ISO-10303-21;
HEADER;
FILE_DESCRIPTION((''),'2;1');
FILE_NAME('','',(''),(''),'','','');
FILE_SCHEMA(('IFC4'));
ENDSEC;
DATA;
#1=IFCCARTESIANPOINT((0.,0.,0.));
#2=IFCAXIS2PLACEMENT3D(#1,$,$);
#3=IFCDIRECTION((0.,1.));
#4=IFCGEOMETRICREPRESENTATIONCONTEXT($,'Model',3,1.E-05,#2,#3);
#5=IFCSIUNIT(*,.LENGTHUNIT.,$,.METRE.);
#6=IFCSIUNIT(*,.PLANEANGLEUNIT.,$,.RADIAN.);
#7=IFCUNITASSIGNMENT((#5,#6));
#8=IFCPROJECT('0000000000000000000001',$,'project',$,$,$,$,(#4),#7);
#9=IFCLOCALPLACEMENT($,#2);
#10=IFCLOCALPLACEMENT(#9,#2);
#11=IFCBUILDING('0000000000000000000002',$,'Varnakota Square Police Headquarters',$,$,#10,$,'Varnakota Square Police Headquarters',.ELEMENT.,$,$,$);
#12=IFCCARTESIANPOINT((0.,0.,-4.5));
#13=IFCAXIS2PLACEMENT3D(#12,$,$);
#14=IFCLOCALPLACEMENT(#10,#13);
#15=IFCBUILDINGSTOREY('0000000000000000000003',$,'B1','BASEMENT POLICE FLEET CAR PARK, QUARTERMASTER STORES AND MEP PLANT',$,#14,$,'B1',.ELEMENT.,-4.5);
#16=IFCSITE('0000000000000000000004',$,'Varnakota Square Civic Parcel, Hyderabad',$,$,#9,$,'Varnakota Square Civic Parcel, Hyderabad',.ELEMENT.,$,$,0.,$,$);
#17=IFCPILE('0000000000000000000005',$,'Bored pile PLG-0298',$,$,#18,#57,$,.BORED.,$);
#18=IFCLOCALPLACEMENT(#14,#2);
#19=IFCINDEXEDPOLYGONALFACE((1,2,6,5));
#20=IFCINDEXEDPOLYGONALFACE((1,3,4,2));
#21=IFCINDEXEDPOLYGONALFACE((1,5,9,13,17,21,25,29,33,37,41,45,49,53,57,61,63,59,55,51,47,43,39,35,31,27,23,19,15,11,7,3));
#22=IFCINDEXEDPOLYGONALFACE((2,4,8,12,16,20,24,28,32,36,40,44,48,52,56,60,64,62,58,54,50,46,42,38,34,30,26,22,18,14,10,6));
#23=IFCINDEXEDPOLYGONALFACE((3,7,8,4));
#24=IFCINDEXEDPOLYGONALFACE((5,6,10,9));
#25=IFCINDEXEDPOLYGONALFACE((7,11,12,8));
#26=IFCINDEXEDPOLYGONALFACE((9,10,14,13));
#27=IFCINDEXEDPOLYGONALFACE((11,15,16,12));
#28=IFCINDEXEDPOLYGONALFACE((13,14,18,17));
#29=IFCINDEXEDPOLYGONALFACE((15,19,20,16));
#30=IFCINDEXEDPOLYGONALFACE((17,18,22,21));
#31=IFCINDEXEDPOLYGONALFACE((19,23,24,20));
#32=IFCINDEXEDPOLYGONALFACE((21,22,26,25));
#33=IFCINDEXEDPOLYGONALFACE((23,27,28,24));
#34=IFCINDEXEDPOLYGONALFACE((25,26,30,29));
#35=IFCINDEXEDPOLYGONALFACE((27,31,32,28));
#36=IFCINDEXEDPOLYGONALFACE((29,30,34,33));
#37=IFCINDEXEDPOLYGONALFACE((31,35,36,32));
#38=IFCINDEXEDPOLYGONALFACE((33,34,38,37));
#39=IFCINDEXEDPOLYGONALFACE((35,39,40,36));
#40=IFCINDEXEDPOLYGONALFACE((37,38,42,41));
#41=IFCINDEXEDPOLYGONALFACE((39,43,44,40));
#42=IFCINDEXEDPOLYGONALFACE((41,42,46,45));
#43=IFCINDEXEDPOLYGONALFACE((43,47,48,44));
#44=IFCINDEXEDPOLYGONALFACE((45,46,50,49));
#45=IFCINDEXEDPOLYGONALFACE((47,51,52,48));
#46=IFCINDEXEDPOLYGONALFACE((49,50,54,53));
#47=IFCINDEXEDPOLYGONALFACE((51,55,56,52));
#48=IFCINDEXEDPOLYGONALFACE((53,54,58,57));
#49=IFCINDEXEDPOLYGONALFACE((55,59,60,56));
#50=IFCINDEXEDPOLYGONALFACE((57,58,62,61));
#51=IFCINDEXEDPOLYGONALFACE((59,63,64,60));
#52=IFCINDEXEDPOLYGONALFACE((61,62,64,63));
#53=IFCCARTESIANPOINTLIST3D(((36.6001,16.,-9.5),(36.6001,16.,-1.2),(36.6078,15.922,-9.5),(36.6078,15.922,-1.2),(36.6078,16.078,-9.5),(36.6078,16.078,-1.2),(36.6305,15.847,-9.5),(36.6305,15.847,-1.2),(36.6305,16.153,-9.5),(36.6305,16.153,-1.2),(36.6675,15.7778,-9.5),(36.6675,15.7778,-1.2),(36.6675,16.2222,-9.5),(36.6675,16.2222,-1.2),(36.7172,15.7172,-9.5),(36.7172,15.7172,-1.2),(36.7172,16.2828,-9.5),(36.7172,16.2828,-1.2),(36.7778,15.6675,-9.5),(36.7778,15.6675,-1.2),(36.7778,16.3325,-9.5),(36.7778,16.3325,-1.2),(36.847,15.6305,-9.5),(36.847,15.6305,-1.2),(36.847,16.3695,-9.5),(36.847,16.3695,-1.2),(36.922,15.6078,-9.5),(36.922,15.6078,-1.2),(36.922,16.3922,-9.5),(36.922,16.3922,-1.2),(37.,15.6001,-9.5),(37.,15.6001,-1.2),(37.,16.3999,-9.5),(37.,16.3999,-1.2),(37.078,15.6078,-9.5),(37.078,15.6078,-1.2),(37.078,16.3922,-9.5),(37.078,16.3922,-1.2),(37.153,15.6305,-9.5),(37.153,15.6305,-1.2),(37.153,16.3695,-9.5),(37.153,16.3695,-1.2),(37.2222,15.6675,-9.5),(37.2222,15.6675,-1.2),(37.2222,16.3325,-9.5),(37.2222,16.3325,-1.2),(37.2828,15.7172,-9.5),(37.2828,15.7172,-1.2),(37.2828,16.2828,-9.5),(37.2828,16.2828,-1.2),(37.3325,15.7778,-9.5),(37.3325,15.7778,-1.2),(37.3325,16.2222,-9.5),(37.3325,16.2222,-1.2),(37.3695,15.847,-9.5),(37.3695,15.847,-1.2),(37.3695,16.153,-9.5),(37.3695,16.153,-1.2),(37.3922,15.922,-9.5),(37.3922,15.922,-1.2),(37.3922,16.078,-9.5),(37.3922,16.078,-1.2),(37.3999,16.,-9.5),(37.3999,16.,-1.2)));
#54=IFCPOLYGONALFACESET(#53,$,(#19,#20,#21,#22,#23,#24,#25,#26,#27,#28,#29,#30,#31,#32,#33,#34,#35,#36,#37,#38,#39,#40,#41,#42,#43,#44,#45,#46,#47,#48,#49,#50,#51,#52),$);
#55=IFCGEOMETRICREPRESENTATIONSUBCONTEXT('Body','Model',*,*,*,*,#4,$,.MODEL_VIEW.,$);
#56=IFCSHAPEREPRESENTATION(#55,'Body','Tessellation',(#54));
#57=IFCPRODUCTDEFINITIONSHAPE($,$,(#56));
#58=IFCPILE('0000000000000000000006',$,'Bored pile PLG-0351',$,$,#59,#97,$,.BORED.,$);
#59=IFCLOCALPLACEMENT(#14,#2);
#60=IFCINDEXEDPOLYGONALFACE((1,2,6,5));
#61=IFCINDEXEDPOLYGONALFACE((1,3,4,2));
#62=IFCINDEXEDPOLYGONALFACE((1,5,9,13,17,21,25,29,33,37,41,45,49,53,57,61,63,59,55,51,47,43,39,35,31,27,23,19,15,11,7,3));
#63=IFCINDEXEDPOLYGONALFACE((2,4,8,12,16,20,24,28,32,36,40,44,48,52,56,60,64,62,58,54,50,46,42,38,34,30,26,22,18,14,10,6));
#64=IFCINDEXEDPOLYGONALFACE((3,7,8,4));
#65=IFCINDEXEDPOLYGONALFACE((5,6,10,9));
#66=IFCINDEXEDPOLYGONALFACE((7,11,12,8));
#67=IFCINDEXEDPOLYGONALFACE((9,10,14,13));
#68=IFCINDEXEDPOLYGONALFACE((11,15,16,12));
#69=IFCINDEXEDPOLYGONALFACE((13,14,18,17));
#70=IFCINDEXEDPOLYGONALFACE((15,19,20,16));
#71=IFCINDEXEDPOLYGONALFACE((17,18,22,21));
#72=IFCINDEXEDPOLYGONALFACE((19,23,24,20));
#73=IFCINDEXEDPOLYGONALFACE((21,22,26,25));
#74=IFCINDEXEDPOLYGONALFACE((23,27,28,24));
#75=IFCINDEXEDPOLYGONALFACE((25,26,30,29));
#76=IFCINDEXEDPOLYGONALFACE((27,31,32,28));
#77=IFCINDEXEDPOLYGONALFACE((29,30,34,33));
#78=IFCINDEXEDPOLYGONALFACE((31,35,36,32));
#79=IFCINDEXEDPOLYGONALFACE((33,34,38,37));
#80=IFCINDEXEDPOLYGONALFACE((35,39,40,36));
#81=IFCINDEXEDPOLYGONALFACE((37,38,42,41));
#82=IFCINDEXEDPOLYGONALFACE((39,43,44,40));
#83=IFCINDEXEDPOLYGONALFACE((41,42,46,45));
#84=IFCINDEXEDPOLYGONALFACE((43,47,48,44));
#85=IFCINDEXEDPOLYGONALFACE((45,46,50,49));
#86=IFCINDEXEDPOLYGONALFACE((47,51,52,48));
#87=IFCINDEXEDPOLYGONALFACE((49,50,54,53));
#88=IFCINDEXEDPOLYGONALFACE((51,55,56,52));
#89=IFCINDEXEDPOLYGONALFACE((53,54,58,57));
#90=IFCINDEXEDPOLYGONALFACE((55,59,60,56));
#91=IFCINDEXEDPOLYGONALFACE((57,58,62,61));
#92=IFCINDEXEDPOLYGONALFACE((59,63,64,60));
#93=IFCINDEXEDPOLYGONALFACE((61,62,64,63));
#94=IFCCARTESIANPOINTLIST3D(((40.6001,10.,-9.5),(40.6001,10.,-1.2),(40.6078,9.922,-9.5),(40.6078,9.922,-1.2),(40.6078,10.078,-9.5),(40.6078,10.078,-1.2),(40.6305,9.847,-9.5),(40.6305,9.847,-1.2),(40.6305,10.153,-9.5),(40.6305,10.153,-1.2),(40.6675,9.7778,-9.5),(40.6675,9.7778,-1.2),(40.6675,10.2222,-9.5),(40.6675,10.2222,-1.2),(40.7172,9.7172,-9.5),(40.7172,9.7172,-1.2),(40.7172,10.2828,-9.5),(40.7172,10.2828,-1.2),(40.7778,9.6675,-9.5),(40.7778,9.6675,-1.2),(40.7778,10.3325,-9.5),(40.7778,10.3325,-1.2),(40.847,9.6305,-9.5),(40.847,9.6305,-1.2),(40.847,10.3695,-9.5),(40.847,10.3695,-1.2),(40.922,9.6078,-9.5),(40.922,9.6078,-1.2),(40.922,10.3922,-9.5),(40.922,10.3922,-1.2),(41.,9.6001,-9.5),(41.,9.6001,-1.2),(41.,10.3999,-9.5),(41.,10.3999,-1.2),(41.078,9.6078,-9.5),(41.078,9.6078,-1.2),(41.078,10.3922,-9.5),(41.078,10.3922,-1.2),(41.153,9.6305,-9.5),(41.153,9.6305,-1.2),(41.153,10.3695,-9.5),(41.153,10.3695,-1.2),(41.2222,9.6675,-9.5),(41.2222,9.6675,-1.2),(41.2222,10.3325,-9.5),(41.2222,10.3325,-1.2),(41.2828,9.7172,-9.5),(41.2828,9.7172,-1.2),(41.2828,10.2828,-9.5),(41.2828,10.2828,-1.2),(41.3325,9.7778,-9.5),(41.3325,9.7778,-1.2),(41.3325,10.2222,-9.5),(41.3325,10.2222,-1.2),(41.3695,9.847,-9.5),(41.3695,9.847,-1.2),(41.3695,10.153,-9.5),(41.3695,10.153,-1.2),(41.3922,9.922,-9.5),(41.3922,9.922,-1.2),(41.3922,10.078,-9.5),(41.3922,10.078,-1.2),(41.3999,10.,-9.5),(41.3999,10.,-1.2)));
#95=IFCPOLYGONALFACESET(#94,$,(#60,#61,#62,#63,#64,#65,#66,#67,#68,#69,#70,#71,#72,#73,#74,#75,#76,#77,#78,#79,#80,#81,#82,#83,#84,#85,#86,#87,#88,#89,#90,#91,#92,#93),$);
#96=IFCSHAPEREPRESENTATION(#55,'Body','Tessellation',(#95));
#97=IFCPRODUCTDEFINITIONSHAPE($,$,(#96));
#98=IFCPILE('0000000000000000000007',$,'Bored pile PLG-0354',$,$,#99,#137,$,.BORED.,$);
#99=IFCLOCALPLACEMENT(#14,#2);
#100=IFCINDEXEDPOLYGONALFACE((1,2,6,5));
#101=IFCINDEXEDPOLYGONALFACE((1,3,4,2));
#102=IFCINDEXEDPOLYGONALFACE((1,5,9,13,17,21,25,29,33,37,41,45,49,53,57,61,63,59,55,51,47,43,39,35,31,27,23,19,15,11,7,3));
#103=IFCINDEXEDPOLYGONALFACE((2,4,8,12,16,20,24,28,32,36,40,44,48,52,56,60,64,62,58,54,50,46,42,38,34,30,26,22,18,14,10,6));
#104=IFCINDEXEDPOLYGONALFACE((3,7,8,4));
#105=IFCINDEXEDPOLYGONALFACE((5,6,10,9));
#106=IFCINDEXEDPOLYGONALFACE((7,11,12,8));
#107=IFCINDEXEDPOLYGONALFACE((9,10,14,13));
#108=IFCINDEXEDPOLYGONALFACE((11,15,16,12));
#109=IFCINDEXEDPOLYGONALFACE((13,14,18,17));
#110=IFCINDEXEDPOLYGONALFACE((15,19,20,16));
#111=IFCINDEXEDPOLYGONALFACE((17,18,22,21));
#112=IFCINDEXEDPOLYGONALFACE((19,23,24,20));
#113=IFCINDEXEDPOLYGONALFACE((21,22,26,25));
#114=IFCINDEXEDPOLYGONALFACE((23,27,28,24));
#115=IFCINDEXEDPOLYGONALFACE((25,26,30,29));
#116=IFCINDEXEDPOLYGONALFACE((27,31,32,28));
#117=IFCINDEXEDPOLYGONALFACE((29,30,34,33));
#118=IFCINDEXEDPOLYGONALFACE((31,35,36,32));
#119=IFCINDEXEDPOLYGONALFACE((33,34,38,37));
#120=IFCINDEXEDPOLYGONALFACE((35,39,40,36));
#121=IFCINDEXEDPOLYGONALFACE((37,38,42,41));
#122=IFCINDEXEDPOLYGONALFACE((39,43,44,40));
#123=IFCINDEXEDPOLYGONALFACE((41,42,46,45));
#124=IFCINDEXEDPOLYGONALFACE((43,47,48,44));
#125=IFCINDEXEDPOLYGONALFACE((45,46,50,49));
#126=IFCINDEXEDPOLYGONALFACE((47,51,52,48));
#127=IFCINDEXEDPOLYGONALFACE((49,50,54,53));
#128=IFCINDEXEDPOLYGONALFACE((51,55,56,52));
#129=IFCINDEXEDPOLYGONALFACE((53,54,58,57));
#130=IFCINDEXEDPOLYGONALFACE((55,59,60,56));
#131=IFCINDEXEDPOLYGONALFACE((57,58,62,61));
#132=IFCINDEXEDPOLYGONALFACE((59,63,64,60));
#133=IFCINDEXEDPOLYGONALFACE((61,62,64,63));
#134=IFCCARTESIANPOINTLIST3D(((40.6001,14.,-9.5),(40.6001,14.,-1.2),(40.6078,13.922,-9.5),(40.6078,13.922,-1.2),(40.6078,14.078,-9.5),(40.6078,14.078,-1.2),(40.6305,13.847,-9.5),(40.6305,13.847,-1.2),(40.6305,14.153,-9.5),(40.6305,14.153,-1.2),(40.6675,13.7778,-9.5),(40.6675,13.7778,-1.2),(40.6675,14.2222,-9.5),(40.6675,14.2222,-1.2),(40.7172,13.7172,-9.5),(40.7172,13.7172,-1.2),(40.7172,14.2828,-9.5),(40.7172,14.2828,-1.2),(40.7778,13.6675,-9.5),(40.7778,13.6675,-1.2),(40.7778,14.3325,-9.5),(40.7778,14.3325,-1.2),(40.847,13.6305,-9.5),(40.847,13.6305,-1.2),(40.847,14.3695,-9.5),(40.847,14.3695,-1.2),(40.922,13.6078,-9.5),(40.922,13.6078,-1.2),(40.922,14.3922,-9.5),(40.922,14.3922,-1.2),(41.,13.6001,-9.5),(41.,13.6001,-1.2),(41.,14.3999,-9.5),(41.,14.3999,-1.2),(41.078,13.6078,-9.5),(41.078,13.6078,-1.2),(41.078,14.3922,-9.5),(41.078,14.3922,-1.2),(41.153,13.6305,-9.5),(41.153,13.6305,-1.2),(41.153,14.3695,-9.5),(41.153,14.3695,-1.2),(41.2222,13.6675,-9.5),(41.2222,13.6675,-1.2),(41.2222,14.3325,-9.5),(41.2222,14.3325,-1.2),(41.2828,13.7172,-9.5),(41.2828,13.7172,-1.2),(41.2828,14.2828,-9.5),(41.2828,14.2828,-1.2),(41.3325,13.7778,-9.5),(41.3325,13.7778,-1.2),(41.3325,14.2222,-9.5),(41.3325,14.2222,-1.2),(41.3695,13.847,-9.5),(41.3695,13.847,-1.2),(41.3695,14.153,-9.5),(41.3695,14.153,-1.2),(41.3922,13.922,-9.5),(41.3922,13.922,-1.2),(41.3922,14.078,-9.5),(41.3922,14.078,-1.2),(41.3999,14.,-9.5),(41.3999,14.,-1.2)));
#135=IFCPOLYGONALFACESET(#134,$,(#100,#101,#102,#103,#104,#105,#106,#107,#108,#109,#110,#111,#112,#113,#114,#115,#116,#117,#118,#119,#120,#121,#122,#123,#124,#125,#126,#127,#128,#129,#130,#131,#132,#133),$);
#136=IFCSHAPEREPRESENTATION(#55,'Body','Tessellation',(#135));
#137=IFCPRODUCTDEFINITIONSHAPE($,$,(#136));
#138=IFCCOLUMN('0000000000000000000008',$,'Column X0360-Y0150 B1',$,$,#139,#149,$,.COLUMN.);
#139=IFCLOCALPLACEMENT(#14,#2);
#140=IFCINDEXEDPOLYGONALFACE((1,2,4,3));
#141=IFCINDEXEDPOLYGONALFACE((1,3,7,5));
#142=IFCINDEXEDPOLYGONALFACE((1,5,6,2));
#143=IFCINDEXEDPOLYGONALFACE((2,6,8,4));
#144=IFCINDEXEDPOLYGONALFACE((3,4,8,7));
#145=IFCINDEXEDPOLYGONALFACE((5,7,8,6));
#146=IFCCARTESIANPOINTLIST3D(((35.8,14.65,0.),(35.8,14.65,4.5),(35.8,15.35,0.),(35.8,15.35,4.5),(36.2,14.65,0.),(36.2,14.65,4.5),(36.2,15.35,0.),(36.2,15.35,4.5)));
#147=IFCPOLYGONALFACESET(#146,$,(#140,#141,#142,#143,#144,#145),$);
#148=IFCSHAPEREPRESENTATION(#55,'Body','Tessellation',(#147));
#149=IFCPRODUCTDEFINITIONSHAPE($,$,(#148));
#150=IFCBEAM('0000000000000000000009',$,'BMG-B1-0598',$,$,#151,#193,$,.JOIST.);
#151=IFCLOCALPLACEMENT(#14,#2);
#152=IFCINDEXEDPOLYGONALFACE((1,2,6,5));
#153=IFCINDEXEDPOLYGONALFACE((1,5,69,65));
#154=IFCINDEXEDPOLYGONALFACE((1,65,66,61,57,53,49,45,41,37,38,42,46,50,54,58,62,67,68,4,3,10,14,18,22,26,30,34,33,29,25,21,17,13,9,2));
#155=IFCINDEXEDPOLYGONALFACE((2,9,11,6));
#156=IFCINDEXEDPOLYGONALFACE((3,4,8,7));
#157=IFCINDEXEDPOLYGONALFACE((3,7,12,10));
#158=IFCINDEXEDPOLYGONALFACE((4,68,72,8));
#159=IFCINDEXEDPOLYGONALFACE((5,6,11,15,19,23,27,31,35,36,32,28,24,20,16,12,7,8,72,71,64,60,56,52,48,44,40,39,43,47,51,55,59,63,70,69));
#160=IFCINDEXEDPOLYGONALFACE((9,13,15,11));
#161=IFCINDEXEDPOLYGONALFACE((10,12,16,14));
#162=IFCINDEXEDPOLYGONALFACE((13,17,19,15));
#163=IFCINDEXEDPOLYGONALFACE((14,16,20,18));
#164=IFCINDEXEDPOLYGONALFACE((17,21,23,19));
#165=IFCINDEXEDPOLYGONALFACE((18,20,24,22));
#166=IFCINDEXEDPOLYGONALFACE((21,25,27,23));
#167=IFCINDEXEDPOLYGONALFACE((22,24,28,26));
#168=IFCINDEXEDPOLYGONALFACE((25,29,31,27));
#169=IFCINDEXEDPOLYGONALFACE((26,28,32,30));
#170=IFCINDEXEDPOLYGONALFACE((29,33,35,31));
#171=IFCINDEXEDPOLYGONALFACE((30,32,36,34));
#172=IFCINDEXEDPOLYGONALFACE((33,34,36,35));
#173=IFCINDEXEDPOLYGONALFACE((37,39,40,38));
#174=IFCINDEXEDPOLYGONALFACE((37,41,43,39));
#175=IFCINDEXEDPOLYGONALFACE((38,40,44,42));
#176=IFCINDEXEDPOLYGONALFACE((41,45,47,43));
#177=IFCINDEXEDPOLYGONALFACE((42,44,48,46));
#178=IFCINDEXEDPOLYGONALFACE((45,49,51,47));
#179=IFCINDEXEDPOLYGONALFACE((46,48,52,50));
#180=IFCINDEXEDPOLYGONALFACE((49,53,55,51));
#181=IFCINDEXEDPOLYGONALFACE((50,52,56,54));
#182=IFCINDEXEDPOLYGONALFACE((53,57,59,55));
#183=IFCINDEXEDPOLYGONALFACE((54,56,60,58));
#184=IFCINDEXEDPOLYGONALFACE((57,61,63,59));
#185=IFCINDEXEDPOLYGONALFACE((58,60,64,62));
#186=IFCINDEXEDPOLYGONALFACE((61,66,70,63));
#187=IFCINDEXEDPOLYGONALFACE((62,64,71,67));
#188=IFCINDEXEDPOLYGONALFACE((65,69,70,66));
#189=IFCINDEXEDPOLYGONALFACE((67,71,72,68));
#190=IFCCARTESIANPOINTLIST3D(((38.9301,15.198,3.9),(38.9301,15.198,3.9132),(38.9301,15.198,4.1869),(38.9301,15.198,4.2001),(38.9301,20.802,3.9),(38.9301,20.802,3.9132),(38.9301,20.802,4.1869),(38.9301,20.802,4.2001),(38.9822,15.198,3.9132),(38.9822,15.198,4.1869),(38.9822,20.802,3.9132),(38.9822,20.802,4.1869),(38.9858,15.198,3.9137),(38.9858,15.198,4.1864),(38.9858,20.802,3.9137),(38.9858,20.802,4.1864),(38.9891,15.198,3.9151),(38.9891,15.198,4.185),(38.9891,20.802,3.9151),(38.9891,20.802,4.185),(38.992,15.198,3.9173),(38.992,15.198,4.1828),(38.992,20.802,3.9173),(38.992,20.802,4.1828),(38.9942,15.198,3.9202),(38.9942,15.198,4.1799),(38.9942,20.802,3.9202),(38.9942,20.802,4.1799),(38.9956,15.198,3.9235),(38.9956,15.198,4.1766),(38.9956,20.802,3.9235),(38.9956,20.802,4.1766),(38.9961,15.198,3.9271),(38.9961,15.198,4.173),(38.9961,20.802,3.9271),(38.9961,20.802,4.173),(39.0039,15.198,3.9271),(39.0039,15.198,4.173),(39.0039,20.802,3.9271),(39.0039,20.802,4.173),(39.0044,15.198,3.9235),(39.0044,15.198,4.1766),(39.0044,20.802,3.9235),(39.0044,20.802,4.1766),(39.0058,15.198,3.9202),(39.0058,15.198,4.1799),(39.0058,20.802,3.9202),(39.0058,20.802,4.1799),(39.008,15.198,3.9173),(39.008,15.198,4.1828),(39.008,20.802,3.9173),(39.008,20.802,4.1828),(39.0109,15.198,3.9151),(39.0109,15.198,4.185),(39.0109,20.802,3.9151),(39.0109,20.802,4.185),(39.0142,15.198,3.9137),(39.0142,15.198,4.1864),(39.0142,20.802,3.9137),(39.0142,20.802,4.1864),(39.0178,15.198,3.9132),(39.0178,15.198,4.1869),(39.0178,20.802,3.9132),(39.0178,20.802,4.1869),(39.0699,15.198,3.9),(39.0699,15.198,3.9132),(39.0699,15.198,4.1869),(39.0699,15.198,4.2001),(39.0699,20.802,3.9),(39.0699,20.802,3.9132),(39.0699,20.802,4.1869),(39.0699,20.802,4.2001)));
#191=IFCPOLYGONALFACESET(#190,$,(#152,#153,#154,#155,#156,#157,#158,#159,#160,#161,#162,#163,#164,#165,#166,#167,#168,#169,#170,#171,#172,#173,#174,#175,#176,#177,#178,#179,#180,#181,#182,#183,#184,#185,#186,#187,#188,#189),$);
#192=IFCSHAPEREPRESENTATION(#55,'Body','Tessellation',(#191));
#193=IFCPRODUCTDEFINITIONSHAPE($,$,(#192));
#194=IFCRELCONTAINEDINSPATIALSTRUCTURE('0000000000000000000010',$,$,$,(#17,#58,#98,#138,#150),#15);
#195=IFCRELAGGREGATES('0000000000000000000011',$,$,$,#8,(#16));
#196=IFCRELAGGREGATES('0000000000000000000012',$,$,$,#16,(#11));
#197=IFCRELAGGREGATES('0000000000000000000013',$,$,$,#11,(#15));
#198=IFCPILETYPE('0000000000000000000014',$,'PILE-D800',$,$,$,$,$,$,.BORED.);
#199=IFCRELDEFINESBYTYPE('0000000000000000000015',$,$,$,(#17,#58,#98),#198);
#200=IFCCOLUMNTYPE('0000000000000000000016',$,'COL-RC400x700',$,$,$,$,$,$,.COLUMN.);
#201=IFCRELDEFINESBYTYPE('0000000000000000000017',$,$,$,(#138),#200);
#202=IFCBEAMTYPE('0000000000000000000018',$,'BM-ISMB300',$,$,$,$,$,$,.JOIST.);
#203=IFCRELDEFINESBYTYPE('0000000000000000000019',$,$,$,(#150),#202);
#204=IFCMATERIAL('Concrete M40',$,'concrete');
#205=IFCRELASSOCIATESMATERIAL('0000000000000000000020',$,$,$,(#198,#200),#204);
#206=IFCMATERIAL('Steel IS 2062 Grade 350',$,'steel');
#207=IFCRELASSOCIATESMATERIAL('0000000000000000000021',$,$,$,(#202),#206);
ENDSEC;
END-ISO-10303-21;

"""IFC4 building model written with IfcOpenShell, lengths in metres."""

from ifc_helpers import new_model, si_unit, direction, frame, origin, origin_2d, place, context, subcontext, project, spatial, rectangle, circle, i_section, extrude, material, material_profile, profile_set, type_object, element, save


model = new_model("IFC4")

# Units and contexts
model_context = context("Model", 3, precision=1e-05, world=origin(), true_north=direction((0.0, 1.0)))
body_context = subcontext(model_context, "Body", "Model", "MODEL_VIEW")
ifc_project = project(units=[si_unit("LENGTHUNIT", "METRE"), si_unit("PLANEANGLEUNIT", "RADIAN")], contexts=[model_context])

# Site, building, storey
site_placement = place(None, origin())
site = spatial("IfcSite", under=ifc_project, at=site_placement, Name="Varnakota Square Civic Parcel, Hyderabad", LongName="Varnakota Square Civic Parcel, Hyderabad", CompositionType="ELEMENT", RefElevation=0.0)
building_placement = place(site_placement, origin())
building = spatial("IfcBuilding", under=site, at=building_placement, Name="Varnakota Square Police Headquarters", LongName="Varnakota Square Police Headquarters", CompositionType="ELEMENT")
storey_placement = place(building_placement, frame((0.0, 0.0, -4.5)))
storey = spatial("IfcBuildingStorey", under=building, at=storey_placement, Name="B1", Description="BASEMENT POLICE FLEET CAR PARK, QUARTERMASTER STORES AND MEP PLANT", LongName="B1", CompositionType="ELEMENT", Elevation=-4.5)

# Shared definitions
ifc_material_1 = material(Name="Concrete M40", Category="concrete")

# Piles
ifc_material_profile_1 = material_profile(ifc_material_1, circle(Radius=0.3999, at=origin_2d()), Name="BORED PILE 800")
ifc_profile_set_1 = profile_set([ifc_material_profile_1], Name="Concrete M40")
pile_type = type_object("IfcPileType", Name="PILE-D800", PredefinedType="BORED", material=ifc_profile_set_1)
for number, where, z_axis, x_axis, name in (
    (1, (37.0, 16.0, -1.2), (0.0, 0.0, -1.0), (1.0, 0.0, 0.0), "Bored pile PLG-0298"),
    (2, (41.0, 10.0, -1.2), (0.0, 0.0, -1.0), (1.0, 0.0, 0.0), "Bored pile PLG-0351"),
    (3, (41.0, 14.0, -1.2), (0.0, 0.0, -1.0), (1.0, 0.0, 0.0), "Bored pile PLG-0354"),
):
    element("IfcPile", number, at=place(storey_placement, frame(where, z_axis=z_axis, x_axis=x_axis)), inside=storey, type_object=pile_type, Name=name, PredefinedType="BORED", context=body_context, shape_type="SweptSolid", body=[
        extrude(circle(Radius=0.3999, at=origin_2d()), origin(), (0.0, 0.0, 1.0), 8.3),
    ])

# Column
ifc_material_profile_2 = material_profile(ifc_material_1, rectangle(XDim=0.3999, YDim=0.7, at=origin_2d()), Name="RC 400x700")
ifc_profile_set_2 = profile_set([ifc_material_profile_2], Name="Concrete M40")
column_type = type_object("IfcColumnType", Name="COL-RC400x700", PredefinedType="COLUMN", material=ifc_profile_set_2)
column_placement = place(storey_placement, frame((36.0, 15.0, 0.0), z_axis=(0.0, 0.0, 1.0), x_axis=(1.0, 0.0, 0.0)))
element("IfcColumn", 4, at=column_placement, inside=storey, type_object=column_type, Name="Column X0360-Y0150 B1", PredefinedType="COLUMN", context=body_context, shape_type="SweptSolid", body=[
    extrude(rectangle(XDim=0.3999, YDim=0.7, at=origin_2d()), origin(), (0.0, 0.0, 1.0), 4.5),
])

# Beam
ifc_material_2 = material(Name="Steel IS 2062 Grade 350", Category="steel")
ifc_material_profile_3 = material_profile(ifc_material_2, i_section(OverallWidth=0.1399, OverallDepth=0.3, WebThickness=0.0078, FlangeThickness=0.0132, FilletRadius=0.0139, at=origin_2d()), Name="ISMB 300")
ifc_profile_set_3 = profile_set([ifc_material_profile_3], Name="Steel IS 2062 Grade 350")
beam_type_1 = type_object("IfcBeamType", Name="BM-ISMB300", PredefinedType="JOIST", material=ifc_profile_set_3)
beam_1_placement = place(storey_placement, frame((39.0, 15.198, 4.05), z_axis=(0.0, 1.0, 0.0), x_axis=(-1.0, 0.0, 0.0)))
element("IfcBeam", 5, at=beam_1_placement, inside=storey, type_object=beam_type_1, Name="BMG-B1-0598", PredefinedType="JOIST", context=body_context, shape_type="SweptSolid", body=[
    extrude(i_section(OverallWidth=0.1399, OverallDepth=0.3, WebThickness=0.0078, FlangeThickness=0.0132, FilletRadius=0.0139, at=origin_2d()), origin(), (0.0, 0.0, 1.0), 5.604),
])

save(model, "model.ifc")
